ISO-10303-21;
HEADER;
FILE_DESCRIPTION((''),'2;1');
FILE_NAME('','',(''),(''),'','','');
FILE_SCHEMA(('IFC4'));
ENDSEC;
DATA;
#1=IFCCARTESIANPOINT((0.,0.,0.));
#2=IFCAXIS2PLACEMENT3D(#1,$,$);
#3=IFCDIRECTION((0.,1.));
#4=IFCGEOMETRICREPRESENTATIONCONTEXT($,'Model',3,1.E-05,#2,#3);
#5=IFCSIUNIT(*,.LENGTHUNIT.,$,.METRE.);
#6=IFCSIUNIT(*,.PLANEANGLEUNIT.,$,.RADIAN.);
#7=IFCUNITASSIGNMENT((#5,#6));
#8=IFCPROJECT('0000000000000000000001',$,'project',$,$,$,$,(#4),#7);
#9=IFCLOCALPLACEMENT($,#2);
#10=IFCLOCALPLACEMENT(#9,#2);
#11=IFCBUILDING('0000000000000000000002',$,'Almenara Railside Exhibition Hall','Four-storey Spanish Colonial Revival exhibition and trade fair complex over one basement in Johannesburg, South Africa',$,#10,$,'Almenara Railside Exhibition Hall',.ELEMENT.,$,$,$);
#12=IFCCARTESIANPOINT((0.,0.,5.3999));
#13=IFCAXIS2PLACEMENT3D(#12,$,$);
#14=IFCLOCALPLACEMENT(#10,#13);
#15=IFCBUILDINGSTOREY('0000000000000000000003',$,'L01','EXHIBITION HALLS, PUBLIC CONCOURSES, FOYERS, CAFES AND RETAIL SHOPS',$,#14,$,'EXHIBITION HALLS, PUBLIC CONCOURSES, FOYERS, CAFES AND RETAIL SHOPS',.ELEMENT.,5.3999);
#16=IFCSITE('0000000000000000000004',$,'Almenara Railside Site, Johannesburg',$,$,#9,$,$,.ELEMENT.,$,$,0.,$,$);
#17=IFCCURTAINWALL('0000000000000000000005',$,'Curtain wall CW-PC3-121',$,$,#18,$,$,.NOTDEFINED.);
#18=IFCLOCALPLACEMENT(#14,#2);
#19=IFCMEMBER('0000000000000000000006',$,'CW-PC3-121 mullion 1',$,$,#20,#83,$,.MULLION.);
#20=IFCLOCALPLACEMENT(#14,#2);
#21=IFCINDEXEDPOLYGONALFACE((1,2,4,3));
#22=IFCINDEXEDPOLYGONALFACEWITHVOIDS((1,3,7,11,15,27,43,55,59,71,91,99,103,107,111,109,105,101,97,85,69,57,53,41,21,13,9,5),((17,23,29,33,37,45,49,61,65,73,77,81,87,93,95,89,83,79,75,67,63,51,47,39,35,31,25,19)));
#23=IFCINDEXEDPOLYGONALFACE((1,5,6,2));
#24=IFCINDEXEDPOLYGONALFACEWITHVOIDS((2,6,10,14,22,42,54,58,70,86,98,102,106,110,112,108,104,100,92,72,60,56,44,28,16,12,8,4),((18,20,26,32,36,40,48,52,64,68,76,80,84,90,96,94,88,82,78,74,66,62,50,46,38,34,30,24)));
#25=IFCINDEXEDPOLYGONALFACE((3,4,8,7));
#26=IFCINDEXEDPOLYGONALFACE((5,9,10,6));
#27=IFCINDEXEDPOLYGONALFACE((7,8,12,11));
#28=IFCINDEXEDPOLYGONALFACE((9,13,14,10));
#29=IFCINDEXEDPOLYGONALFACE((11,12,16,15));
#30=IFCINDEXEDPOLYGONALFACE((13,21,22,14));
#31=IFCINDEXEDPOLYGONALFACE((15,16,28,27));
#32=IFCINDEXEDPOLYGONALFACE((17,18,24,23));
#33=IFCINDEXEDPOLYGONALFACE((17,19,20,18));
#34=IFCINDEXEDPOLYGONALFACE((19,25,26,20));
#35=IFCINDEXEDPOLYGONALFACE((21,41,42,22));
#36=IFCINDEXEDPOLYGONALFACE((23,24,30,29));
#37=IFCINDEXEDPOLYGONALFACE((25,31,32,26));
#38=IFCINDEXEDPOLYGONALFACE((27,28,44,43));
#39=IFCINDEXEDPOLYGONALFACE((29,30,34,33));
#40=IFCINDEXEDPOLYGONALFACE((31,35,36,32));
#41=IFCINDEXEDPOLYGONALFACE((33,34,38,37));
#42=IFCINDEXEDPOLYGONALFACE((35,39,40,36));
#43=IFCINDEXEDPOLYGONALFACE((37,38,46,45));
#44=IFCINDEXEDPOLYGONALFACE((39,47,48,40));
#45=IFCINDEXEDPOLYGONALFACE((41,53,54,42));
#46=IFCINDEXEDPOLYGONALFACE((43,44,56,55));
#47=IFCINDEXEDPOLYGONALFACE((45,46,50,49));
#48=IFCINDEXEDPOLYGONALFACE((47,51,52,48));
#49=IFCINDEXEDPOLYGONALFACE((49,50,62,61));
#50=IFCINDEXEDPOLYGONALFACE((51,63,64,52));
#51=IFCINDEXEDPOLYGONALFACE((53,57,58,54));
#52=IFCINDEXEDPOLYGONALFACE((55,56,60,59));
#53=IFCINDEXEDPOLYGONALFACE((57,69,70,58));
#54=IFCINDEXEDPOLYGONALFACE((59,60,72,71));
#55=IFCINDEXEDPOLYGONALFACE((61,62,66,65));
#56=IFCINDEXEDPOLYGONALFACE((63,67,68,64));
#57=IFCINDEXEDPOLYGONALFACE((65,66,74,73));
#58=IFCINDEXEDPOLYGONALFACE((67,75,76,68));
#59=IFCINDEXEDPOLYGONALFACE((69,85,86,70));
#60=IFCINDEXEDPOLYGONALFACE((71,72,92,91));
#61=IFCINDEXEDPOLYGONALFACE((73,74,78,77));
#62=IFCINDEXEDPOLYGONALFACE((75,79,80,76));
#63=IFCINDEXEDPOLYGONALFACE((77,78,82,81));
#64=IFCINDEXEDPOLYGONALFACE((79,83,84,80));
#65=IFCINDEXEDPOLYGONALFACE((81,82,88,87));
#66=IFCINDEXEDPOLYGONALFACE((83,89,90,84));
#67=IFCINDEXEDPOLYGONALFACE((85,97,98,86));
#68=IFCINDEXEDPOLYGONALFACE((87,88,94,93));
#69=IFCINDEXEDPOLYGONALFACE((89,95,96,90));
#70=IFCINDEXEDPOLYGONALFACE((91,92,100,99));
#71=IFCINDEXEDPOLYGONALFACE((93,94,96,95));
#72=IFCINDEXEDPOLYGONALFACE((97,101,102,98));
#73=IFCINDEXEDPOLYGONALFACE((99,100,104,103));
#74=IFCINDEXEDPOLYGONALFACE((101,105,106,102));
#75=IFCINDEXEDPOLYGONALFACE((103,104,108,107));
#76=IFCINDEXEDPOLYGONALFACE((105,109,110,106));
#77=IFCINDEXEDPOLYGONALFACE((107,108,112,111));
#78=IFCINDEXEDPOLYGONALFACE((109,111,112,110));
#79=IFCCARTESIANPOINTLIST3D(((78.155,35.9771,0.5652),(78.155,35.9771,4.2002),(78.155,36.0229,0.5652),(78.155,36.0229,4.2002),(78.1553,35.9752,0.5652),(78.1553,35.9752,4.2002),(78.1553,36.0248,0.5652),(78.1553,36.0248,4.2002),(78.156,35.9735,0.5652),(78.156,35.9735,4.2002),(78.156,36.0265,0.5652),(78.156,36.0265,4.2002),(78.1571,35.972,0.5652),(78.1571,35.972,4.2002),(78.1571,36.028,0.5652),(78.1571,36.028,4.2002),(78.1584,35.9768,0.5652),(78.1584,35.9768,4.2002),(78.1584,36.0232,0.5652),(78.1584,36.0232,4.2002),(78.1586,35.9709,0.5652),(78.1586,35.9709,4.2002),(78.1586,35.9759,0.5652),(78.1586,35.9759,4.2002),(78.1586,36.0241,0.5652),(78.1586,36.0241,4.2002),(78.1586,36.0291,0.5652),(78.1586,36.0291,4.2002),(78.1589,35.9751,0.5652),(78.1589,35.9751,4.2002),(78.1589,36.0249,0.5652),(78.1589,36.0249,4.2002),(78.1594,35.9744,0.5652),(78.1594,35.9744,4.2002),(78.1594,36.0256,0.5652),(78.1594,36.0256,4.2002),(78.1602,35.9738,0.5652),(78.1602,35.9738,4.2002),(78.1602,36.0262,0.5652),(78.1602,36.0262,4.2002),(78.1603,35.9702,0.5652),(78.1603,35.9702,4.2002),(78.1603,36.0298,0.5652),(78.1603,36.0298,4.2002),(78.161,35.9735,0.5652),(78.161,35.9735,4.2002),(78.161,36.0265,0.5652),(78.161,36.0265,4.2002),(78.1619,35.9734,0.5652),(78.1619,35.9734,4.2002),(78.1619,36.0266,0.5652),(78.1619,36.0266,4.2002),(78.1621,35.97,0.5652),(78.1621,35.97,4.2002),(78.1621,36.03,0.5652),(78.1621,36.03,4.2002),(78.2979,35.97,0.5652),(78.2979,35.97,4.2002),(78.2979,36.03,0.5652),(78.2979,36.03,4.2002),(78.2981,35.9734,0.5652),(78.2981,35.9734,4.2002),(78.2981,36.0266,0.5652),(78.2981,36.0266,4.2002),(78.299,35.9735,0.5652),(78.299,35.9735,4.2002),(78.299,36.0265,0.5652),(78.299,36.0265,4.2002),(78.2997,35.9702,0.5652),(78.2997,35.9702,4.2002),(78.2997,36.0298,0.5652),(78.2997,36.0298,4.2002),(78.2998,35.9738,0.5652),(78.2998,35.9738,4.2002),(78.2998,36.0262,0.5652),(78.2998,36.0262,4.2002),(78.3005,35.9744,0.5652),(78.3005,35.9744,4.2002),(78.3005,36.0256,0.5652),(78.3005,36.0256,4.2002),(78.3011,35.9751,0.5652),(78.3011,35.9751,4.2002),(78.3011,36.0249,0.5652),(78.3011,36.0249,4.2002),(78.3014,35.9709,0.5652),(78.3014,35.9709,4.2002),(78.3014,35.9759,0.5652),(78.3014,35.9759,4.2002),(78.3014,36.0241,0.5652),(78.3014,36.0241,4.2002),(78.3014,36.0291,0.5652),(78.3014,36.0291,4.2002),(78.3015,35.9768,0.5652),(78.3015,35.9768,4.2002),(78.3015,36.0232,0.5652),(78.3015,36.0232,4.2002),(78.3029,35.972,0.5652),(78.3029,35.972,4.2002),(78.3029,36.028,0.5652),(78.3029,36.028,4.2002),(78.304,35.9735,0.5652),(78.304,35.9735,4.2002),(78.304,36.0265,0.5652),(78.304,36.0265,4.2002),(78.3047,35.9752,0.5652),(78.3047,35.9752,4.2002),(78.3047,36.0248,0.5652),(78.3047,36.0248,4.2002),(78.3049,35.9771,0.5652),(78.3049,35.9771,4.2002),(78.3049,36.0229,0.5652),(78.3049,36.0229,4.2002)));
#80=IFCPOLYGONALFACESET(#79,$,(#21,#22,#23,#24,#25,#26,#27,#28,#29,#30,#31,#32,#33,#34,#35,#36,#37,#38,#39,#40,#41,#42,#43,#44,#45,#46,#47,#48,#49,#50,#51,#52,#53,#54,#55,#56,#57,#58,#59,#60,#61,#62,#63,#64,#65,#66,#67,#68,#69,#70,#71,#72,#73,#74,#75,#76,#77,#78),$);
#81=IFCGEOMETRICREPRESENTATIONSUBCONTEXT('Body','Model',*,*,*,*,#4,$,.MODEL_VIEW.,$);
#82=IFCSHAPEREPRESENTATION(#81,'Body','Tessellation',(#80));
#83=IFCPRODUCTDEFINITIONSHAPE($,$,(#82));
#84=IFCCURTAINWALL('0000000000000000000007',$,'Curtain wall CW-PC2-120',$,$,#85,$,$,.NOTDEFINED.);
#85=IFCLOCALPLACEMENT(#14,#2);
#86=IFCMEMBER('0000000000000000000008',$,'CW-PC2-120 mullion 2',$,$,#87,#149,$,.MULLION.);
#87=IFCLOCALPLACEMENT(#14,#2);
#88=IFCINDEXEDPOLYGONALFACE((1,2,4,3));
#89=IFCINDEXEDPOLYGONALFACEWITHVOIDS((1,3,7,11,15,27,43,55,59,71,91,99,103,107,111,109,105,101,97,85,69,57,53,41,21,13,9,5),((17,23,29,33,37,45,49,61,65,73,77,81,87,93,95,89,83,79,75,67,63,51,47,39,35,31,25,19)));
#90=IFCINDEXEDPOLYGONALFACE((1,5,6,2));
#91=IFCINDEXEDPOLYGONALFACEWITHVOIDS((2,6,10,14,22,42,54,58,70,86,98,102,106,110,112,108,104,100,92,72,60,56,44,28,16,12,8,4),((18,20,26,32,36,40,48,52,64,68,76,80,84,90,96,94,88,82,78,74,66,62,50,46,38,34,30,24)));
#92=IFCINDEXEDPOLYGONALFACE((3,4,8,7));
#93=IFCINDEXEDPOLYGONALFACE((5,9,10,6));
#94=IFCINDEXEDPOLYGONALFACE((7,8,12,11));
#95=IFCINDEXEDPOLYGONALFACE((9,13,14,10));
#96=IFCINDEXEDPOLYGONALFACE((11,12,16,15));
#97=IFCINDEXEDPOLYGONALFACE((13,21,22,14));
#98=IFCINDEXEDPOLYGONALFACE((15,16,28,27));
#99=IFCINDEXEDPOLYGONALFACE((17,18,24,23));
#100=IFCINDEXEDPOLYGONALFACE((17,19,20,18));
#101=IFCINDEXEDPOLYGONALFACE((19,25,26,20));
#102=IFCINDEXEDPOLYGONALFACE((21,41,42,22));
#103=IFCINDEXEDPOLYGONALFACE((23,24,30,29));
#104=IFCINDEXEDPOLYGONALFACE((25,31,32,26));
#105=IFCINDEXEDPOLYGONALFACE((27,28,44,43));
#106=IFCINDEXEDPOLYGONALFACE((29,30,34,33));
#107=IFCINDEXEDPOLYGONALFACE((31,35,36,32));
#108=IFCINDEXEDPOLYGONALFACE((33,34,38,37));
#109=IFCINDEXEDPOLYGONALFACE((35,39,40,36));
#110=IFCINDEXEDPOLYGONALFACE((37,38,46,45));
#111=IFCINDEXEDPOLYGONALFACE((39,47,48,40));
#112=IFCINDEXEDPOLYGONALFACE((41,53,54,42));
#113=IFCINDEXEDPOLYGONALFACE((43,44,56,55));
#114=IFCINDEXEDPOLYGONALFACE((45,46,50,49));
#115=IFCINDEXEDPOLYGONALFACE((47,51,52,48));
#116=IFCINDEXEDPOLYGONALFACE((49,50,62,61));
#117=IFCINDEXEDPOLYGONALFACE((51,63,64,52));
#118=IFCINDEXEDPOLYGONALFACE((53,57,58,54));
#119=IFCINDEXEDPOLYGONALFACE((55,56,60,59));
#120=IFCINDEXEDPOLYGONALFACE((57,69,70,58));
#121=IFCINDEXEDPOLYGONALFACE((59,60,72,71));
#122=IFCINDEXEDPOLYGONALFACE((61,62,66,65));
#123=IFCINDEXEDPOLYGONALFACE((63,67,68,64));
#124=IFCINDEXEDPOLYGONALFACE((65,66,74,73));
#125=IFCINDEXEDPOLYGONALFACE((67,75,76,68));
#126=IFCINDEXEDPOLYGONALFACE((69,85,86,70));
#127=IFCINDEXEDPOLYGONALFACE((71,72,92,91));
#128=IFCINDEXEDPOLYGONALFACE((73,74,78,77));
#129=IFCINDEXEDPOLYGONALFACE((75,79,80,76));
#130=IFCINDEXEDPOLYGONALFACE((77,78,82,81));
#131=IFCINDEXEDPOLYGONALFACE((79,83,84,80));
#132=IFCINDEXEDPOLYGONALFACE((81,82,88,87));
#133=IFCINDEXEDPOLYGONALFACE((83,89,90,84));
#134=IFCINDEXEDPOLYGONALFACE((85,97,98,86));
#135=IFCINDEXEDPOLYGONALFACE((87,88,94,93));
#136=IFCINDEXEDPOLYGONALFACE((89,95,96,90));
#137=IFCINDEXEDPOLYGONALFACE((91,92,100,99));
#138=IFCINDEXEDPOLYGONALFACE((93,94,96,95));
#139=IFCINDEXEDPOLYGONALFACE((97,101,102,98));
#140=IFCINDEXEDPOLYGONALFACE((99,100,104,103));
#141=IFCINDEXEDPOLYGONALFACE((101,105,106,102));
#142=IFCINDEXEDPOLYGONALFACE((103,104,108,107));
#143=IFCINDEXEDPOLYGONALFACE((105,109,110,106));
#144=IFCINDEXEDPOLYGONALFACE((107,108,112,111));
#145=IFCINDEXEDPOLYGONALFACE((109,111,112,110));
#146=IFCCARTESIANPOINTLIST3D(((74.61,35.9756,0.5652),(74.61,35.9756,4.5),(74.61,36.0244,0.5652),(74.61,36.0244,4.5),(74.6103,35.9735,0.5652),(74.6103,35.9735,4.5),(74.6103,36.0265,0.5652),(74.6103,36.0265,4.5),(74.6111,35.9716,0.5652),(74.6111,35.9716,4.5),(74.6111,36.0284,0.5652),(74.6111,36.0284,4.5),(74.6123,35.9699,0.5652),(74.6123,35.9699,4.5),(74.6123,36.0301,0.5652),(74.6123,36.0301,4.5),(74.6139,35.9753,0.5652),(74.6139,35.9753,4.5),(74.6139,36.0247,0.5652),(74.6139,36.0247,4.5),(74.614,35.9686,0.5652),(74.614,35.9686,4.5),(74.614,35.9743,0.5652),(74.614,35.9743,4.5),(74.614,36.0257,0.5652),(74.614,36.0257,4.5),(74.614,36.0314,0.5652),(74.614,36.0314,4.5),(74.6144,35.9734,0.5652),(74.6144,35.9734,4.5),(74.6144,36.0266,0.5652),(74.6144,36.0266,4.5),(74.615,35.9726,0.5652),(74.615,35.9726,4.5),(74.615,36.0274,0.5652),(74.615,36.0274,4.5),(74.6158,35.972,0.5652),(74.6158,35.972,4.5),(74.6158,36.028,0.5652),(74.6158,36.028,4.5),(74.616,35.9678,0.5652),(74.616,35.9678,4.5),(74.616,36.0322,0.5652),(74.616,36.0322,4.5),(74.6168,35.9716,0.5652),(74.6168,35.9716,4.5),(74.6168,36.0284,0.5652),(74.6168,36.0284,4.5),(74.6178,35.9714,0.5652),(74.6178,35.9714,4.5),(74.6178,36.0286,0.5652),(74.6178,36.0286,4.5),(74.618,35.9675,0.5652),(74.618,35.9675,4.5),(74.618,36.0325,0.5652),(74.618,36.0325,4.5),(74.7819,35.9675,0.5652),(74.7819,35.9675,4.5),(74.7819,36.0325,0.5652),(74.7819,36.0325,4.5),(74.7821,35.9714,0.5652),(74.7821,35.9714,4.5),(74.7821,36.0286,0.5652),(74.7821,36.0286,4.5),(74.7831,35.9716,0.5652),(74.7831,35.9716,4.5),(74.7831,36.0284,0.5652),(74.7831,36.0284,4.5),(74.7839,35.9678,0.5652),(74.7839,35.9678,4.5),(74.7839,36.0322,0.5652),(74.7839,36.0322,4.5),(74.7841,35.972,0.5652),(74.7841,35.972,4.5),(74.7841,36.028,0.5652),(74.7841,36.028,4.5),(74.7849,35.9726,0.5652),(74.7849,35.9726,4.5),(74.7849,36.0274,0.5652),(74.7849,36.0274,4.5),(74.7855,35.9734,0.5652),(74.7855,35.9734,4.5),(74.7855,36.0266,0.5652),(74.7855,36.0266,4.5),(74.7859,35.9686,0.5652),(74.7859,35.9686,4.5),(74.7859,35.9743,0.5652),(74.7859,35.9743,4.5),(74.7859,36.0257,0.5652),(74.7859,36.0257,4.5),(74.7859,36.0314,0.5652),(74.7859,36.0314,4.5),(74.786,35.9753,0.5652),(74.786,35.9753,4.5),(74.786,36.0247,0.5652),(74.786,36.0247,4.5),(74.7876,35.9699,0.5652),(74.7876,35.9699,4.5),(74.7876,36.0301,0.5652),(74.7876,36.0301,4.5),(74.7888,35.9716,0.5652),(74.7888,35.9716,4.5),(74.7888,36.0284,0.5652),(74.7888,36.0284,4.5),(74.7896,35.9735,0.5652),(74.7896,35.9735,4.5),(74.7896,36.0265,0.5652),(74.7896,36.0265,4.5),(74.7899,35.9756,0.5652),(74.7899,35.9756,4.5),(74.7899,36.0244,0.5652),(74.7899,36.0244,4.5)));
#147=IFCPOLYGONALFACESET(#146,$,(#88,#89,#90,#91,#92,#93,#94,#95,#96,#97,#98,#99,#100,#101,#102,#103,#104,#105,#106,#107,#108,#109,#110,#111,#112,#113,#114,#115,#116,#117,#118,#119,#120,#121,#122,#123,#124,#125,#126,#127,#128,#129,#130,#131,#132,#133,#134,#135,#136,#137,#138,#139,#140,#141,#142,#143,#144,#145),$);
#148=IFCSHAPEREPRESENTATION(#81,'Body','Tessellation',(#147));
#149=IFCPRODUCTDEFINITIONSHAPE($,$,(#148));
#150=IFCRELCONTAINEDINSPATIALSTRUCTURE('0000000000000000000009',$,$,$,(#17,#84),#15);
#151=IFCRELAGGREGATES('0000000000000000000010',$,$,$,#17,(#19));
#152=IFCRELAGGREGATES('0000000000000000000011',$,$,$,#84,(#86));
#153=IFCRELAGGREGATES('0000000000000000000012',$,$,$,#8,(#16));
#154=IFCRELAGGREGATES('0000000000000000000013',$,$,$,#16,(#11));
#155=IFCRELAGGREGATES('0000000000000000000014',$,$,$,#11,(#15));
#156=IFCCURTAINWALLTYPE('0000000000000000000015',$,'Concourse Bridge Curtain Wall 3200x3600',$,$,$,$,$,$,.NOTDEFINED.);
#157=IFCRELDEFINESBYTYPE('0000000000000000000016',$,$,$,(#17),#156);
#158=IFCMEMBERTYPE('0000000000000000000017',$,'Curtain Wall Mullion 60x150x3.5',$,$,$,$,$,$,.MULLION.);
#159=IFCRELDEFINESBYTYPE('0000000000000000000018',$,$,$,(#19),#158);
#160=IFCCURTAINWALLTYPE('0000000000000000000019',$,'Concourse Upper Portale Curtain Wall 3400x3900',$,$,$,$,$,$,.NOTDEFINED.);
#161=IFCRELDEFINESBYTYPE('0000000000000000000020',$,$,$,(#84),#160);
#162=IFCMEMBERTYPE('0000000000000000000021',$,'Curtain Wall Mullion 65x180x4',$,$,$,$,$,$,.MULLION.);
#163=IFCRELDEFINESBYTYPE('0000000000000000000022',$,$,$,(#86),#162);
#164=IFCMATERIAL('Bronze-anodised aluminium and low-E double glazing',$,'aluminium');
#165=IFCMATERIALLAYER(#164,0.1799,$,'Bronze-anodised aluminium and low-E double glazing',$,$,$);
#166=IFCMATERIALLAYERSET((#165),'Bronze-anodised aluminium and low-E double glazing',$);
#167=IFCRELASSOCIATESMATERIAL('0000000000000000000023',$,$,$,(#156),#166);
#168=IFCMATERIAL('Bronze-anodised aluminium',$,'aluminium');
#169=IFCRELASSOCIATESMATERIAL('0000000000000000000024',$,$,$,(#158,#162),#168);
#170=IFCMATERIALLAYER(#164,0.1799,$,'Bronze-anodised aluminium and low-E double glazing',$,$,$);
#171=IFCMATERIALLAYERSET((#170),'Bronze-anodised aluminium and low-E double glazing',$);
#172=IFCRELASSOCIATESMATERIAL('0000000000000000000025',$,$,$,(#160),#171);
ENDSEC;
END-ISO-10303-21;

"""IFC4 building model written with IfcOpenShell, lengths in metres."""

from ifc_helpers import new_model, si_unit, direction, frame, origin, origin_2d, place, context, subcontext, project, spatial, hollow_rectangle, extrude, material, layer, layer_set, material_profile, profile_set, type_object, element, aggregate, save


model = new_model("IFC4")

# Units and contexts
model_context = context("Model", 3, precision=1e-05, world=origin(), true_north=direction((0.0, 1.0)))
body_context = subcontext(model_context, "Body", "Model", "MODEL_VIEW")
ifc_project = project(units=[si_unit("LENGTHUNIT", "METRE"), si_unit("PLANEANGLEUNIT", "RADIAN")], contexts=[model_context])

# Site, building, storey
site_placement = place(None, origin())
site = spatial("IfcSite", under=ifc_project, at=site_placement, Name="Almenara Railside Site, Johannesburg", CompositionType="ELEMENT", RefElevation=0.0)
building_placement = place(site_placement, origin())
building = spatial("IfcBuilding", under=site, at=building_placement, Name="Almenara Railside Exhibition Hall", Description="Four-storey Spanish Colonial Revival exhibition and trade fair complex over one basement in Johannesburg, South Africa", LongName="Almenara Railside Exhibition Hall", CompositionType="ELEMENT")
storey_placement = place(building_placement, frame((0.0, 0.0, 5.3999)))
storey = spatial("IfcBuildingStorey", under=building, at=storey_placement, Name="L01", Description="EXHIBITION HALLS, PUBLIC CONCOURSES, FOYERS, CAFES AND RETAIL SHOPS", LongName="EXHIBITION HALLS, PUBLIC CONCOURSES, FOYERS, CAFES AND RETAIL SHOPS", CompositionType="ELEMENT", Elevation=5.3999)

# Curtain wall, member
ifc_material_1 = material(Name="Bronze-anodised aluminium and low-E double glazing", Category="aluminium")
ifc_layer_1 = layer(ifc_material_1, 0.1799, Name="Bronze-anodised aluminium and low-E double glazing")
ifc_layer_set_1 = layer_set([ifc_layer_1], Name="Bronze-anodised aluminium and low-E double glazing")
curtain_wall_type_1 = type_object("IfcCurtainWallType", Name="Concourse Bridge Curtain Wall 3200x3600", PredefinedType="NOTDEFINED", material=ifc_layer_set_1)
curtain_wall_1_placement = place(storey_placement, origin())
curtain_wall_1 = element("IfcCurtainWall", 1, at=curtain_wall_1_placement, inside=storey, type_object=curtain_wall_type_1, Name="Curtain wall CW-PC3-121", PredefinedType="NOTDEFINED")
ifc_material_2 = material(Name="Bronze-anodised aluminium", Category="aluminium")
ifc_material_profile_1 = material_profile(ifc_material_2, hollow_rectangle(XDim=0.0601, YDim=0.1499, WallThickness=0.0034, InnerFilletRadius=0.0034, OuterFilletRadius=0.0071, at=origin_2d()), Name="ALU-MUL 60x150x3.5")
ifc_profile_set_1 = profile_set([ifc_material_profile_1], Name="Bronze-anodised aluminium")
member_type_1 = type_object("IfcMemberType", Name="Curtain Wall Mullion 60x150x3.5", PredefinedType="MULLION", material=ifc_profile_set_1)
member_1_placement = place(storey_placement, frame((78.23, 36.0, 0.5652), z_axis=(0.0, 0.0, 1.0), x_axis=(0.0, 1.0, 0.0)))
member_1 = element("IfcMember", 2, at=member_1_placement, type_object=member_type_1, Name="CW-PC3-121 mullion 1", PredefinedType="MULLION", context=body_context, shape_type="SweptSolid", body=[
    extrude(hollow_rectangle(XDim=0.0601, YDim=0.1499, WallThickness=0.0034, InnerFilletRadius=0.0034, OuterFilletRadius=0.0071, at=origin_2d()), origin(), (0.0, 0.0, 1.0), 3.635),
])

# Curtain wall, member
ifc_layer_2 = layer(ifc_material_1, 0.1799, Name="Bronze-anodised aluminium and low-E double glazing")
ifc_layer_set_2 = layer_set([ifc_layer_2], Name="Bronze-anodised aluminium and low-E double glazing")
curtain_wall_type_2 = type_object("IfcCurtainWallType", Name="Concourse Upper Portale Curtain Wall 3400x3900", PredefinedType="NOTDEFINED", material=ifc_layer_set_2)
curtain_wall_2_placement = place(storey_placement, origin())
curtain_wall_2 = element("IfcCurtainWall", 3, at=curtain_wall_2_placement, inside=storey, type_object=curtain_wall_type_2, Name="Curtain wall CW-PC2-120", PredefinedType="NOTDEFINED")
ifc_material_profile_2 = material_profile(ifc_material_2, hollow_rectangle(XDim=0.0649, YDim=0.1799, WallThickness=0.0039, InnerFilletRadius=0.0039, OuterFilletRadius=0.0081, at=origin_2d()), Name="ALU-MUL 65x180x4")
ifc_profile_set_2 = profile_set([ifc_material_profile_2], Name="Bronze-anodised aluminium")
member_type_2 = type_object("IfcMemberType", Name="Curtain Wall Mullion 65x180x4", PredefinedType="MULLION", material=ifc_profile_set_2)
member_2_placement = place(storey_placement, frame((74.7, 36.0, 0.5652), z_axis=(0.0, 0.0, 1.0), x_axis=(0.0, 1.0, 0.0)))
member_2 = element("IfcMember", 4, at=member_2_placement, type_object=member_type_2, Name="CW-PC2-120 mullion 2", PredefinedType="MULLION", context=body_context, shape_type="SweptSolid", body=[
    extrude(hollow_rectangle(XDim=0.0649, YDim=0.1799, WallThickness=0.0039, InnerFilletRadius=0.0039, OuterFilletRadius=0.0081, at=origin_2d()), origin(), (0.0, 0.0, 1.0), 3.9348),
])

aggregate(curtain_wall_1, [member_1])

aggregate(curtain_wall_2, [member_2])

save(model, "model.ifc")
